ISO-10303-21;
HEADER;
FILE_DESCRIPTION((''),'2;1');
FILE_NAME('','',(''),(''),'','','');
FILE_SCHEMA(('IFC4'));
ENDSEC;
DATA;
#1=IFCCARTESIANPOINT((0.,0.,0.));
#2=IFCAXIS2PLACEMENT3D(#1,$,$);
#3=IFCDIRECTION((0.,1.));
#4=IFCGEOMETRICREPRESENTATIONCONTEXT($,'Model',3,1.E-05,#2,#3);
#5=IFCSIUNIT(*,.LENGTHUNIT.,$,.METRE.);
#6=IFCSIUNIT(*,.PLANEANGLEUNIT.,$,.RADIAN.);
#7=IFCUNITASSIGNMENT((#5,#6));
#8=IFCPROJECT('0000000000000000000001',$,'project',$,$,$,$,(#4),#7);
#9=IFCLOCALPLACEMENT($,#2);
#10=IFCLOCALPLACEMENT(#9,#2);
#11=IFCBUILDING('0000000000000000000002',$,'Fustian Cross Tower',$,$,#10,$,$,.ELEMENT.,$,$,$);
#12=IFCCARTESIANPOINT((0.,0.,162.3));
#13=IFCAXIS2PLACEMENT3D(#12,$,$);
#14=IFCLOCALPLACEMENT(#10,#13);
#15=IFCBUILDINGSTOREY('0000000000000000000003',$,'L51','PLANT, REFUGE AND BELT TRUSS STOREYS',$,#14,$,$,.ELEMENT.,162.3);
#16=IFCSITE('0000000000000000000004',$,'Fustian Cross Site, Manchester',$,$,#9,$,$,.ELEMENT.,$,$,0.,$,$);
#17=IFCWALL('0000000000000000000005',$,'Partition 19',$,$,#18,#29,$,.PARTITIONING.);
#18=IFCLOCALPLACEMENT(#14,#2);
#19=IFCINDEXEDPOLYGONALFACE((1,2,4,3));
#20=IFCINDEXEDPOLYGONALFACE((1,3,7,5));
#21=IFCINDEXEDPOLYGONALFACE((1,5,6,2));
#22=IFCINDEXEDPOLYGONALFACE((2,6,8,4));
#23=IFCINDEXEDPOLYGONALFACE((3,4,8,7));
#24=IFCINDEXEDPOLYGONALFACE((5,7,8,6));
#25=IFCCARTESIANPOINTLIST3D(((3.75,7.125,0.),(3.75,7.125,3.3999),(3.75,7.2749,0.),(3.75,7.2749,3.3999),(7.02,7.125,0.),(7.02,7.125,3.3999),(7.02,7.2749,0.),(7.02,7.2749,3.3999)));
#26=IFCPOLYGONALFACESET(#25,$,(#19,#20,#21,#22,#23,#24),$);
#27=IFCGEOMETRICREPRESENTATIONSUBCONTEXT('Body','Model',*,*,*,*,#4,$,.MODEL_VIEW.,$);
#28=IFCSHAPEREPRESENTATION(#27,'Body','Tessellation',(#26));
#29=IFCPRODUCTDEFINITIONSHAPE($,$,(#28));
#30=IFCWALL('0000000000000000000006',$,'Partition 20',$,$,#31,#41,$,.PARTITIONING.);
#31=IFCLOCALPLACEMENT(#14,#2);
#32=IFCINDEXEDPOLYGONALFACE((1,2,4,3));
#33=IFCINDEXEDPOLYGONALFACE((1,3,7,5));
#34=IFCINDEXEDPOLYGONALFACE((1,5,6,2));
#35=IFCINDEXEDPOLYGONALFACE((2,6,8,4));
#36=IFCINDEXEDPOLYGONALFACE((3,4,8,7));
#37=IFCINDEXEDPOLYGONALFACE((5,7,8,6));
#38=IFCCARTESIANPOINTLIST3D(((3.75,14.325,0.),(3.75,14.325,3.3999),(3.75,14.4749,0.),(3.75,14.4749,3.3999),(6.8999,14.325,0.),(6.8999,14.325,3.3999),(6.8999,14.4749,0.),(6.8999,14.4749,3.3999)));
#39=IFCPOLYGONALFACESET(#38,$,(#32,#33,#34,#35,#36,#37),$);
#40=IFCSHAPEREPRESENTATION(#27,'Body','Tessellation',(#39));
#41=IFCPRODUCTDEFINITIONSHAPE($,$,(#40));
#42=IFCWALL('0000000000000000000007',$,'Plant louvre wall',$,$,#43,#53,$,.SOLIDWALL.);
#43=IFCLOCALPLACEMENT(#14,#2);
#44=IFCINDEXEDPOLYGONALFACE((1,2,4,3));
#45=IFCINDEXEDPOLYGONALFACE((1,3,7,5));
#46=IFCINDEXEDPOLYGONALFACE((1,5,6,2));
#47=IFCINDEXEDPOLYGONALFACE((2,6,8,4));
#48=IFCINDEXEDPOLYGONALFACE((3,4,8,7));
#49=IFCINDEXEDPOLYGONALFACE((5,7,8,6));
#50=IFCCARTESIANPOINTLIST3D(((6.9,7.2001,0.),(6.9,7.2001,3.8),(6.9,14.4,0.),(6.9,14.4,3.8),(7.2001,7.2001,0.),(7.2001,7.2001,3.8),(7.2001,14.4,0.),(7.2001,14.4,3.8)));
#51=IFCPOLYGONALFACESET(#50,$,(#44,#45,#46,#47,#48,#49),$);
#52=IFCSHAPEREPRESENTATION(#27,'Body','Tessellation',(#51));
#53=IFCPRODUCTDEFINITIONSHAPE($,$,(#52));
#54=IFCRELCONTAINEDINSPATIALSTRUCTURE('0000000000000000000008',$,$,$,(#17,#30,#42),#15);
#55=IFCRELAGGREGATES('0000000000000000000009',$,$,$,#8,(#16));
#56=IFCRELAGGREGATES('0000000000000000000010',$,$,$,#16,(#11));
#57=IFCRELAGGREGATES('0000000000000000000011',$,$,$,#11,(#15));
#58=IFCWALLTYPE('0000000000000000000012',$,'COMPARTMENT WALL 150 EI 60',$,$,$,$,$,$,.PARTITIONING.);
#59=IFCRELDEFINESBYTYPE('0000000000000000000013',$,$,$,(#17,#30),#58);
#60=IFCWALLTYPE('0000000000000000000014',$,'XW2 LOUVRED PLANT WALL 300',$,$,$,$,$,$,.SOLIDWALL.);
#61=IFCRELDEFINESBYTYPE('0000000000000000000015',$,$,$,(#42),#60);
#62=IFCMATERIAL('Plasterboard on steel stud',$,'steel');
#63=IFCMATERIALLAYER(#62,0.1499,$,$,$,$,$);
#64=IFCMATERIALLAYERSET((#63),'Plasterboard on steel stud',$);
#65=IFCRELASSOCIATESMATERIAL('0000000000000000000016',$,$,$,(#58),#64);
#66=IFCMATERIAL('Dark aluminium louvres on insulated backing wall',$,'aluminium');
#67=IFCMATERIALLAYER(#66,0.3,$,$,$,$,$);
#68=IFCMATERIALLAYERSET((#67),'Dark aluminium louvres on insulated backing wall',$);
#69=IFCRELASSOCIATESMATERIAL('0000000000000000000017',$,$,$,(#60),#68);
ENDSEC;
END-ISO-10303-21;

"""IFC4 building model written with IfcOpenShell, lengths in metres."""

from ifc_helpers import new_model, si_unit, direction, frame, frame_2d, origin, place, context, subcontext, project, spatial, rectangle, extrude, material, layer, layer_set, type_object, element, save


model = new_model("IFC4")

# Units and contexts
model_context = context("Model", 3, precision=1e-05, world=origin(), true_north=direction((0.0, 1.0)))
body_context = subcontext(model_context, "Body", "Model", "MODEL_VIEW")
ifc_project = project(units=[si_unit("LENGTHUNIT", "METRE"), si_unit("PLANEANGLEUNIT", "RADIAN")], contexts=[model_context])

# Site, building, storey
site_placement = place(None, origin())
site = spatial("IfcSite", under=ifc_project, at=site_placement, Name="Fustian Cross Site, Manchester", CompositionType="ELEMENT", RefElevation=0.0)
building_placement = place(site_placement, origin())
building = spatial("IfcBuilding", under=site, at=building_placement, Name="Fustian Cross Tower", CompositionType="ELEMENT")
storey_placement = place(building_placement, frame((0.0, 0.0, 162.3)))
storey = spatial("IfcBuildingStorey", under=building, at=storey_placement, Name="L51", Description="PLANT, REFUGE AND BELT TRUSS STOREYS", CompositionType="ELEMENT", Elevation=162.3)

# Shared definitions
ifc_material_1 = material(Name="Plasterboard on steel stud", Category="steel")
ifc_layer_1 = layer(ifc_material_1, 0.1499)
ifc_layer_set_1 = layer_set([ifc_layer_1], Name="Plasterboard on steel stud")
wall_type_1 = type_object("IfcWallType", Name="COMPARTMENT WALL 150 EI 60", PredefinedType="PARTITIONING", material=ifc_layer_set_1)

# Walls
wall_1_placement = place(storey_placement, frame((3.75, 7.2, 0.0), z_axis=(0.0, 0.0, 1.0), x_axis=(1.0, 0.0, 0.0)))
element("IfcWall", 1, at=wall_1_placement, inside=storey, type_object=wall_type_1, Name="Partition 19", PredefinedType="PARTITIONING", context=body_context, shape_type="SweptSolid", body=[
    extrude(rectangle(XDim=3.27, YDim=0.1499, at=frame_2d((1.635, 0.0))), origin(), (0.0, 0.0, 1.0), 3.3999),
])
wall_2_placement = place(storey_placement, frame((3.75, 14.3999, 0.0), z_axis=(0.0, 0.0, 1.0), x_axis=(1.0, 0.0, 0.0)))
element("IfcWall", 2, at=wall_2_placement, inside=storey, type_object=wall_type_1, Name="Partition 20", PredefinedType="PARTITIONING", context=body_context, shape_type="SweptSolid", body=[
    extrude(rectangle(XDim=3.1499, YDim=0.1499, at=frame_2d((1.575, 0.0))), origin(), (0.0, 0.0, 1.0), 3.3999),
])
ifc_material_2 = material(Name="Dark aluminium louvres on insulated backing wall", Category="aluminium")
ifc_layer_2 = layer(ifc_material_2, 0.3)
ifc_layer_set_2 = layer_set([ifc_layer_2], Name="Dark aluminium louvres on insulated backing wall")
wall_type_2 = type_object("IfcWallType", Name="XW2 LOUVRED PLANT WALL 300", PredefinedType="SOLIDWALL", material=ifc_layer_set_2)
wall_3_placement = place(storey_placement, frame((7.05, 7.2, 0.0), z_axis=(0.0, 0.0, 1.0), x_axis=(0.0, 1.0, 0.0)))
element("IfcWall", 3, at=wall_3_placement, inside=storey, type_object=wall_type_2, Name="Plant louvre wall", PredefinedType="SOLIDWALL", context=body_context, shape_type="SweptSolid", body=[
    extrude(rectangle(XDim=7.2, YDim=0.3, at=frame_2d((3.6001, 0.0))), origin(), (0.0, 0.0, 1.0), 3.8),
])

save(model, "model.ifc")
